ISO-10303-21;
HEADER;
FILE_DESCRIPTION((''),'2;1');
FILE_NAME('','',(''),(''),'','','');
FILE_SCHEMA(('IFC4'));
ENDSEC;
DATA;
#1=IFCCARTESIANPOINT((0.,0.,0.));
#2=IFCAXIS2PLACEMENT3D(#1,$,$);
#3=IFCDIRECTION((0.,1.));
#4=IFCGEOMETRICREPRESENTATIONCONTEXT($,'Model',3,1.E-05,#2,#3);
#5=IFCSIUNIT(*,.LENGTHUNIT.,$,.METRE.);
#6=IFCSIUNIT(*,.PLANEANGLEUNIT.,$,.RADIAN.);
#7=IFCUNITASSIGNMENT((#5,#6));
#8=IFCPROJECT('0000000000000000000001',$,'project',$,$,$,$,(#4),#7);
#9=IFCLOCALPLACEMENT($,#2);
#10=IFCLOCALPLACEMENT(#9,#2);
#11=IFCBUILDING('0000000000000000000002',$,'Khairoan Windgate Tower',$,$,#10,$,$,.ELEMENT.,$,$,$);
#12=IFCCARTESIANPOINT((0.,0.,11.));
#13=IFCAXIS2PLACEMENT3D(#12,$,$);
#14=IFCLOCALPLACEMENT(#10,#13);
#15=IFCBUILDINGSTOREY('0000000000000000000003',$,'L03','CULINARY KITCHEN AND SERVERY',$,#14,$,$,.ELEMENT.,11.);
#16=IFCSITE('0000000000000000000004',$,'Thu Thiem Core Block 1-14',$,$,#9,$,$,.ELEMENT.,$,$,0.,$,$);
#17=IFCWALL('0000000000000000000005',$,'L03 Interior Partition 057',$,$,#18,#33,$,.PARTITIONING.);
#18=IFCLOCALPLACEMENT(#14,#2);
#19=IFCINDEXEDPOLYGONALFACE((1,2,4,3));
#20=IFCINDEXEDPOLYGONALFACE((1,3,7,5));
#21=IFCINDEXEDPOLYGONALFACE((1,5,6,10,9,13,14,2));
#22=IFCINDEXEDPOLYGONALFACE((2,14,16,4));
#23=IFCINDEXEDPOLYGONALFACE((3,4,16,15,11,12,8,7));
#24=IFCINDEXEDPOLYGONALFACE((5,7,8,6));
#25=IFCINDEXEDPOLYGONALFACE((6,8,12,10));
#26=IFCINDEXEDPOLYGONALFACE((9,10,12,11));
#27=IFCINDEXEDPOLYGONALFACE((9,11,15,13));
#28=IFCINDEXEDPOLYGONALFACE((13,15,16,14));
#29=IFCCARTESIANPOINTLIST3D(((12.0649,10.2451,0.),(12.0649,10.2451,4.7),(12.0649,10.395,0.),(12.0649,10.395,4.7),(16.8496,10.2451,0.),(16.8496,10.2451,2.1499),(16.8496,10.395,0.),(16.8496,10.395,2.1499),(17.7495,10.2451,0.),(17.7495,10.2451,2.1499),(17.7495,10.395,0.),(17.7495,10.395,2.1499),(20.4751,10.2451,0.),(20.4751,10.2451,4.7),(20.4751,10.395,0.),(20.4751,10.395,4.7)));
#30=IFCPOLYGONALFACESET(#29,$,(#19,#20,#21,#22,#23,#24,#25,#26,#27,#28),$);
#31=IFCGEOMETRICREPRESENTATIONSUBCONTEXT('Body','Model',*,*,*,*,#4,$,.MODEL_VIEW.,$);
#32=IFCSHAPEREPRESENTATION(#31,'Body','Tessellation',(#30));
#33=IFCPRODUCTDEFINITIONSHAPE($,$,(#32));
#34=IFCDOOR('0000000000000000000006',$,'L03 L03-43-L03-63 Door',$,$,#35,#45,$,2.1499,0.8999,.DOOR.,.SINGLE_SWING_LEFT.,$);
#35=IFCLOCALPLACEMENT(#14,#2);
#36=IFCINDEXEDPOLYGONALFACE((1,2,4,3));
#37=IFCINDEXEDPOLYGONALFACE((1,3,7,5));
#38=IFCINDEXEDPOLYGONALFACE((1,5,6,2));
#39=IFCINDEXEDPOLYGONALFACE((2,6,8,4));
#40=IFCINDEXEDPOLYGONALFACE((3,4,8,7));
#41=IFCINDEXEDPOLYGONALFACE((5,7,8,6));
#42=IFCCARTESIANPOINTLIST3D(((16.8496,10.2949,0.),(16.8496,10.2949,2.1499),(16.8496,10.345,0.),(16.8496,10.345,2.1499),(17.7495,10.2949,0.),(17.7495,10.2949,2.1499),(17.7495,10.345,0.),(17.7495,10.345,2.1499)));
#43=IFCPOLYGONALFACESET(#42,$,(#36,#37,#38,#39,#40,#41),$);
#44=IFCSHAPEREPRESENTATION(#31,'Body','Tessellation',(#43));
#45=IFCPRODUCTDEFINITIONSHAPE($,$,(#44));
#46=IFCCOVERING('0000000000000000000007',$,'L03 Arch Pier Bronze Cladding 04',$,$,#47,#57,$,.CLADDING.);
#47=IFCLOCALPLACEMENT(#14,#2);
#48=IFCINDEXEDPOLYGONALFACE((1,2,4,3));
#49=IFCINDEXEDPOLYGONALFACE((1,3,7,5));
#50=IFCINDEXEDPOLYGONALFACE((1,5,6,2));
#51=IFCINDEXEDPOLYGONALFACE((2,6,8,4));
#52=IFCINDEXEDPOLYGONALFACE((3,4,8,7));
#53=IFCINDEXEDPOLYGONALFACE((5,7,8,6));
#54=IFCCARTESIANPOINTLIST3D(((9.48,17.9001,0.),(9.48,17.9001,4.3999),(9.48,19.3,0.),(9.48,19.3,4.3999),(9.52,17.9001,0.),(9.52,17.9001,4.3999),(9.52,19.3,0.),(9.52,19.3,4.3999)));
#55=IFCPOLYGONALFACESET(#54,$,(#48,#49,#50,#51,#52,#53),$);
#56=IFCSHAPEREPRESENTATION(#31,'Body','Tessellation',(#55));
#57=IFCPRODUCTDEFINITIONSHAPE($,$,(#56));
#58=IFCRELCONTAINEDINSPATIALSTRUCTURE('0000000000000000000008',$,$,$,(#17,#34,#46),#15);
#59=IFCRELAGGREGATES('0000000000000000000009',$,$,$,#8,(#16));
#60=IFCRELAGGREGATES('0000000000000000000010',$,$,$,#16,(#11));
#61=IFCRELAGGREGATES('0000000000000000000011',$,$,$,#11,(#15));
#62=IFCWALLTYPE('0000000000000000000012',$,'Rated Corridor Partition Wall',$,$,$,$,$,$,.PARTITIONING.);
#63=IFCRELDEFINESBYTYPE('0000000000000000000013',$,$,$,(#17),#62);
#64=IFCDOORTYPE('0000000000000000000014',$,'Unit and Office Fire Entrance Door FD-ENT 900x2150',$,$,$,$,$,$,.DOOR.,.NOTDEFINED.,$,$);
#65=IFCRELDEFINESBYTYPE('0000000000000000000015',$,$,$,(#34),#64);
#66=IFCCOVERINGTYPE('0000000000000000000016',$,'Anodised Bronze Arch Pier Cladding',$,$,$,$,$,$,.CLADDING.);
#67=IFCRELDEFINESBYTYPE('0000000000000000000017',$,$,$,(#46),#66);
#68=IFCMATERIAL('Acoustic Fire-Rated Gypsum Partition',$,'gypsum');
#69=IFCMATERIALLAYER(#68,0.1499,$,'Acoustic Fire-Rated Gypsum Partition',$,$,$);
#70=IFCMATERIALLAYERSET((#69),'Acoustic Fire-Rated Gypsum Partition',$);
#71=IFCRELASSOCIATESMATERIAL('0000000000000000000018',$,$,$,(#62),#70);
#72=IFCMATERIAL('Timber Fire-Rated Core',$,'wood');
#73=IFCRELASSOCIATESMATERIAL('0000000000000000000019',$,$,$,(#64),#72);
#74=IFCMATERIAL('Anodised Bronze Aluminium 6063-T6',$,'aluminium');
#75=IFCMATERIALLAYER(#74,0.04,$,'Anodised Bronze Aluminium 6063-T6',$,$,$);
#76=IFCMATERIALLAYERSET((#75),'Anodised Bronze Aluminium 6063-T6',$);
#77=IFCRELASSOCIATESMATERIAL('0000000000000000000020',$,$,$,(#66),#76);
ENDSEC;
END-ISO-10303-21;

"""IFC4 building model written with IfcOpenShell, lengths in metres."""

from ifc_helpers import new_model, si_unit, direction, frame, frame_2d, origin, origin_2d, place, context, subcontext, project, spatial, rectangle, extrude, material, layer, layer_set, type_object, element, fill, save


model = new_model("IFC4")

# Units and contexts
model_context = context("Model", 3, precision=1e-05, world=origin(), true_north=direction((0.0, 1.0)))
body_context = subcontext(model_context, "Body", "Model", "MODEL_VIEW")
ifc_project = project(units=[si_unit("LENGTHUNIT", "METRE"), si_unit("PLANEANGLEUNIT", "RADIAN")], contexts=[model_context])

# Site, building, storey
site_placement = place(None, origin())
site = spatial("IfcSite", under=ifc_project, at=site_placement, Name="Thu Thiem Core Block 1-14", CompositionType="ELEMENT", RefElevation=0.0)
building_placement = place(site_placement, origin())
building = spatial("IfcBuilding", under=site, at=building_placement, Name="Khairoan Windgate Tower", CompositionType="ELEMENT")
storey_placement = place(building_placement, frame((0.0, 0.0, 11.0)))
storey = spatial("IfcBuildingStorey", under=building, at=storey_placement, Name="L03", Description="CULINARY KITCHEN AND SERVERY", CompositionType="ELEMENT", Elevation=11.0)

# Wall, opening, door
ifc_material_1 = material(Name="Acoustic Fire-Rated Gypsum Partition", Category="gypsum")
ifc_layer_1 = layer(ifc_material_1, 0.1499, Name="Acoustic Fire-Rated Gypsum Partition")
ifc_layer_set_1 = layer_set([ifc_layer_1], Name="Acoustic Fire-Rated Gypsum Partition")
wall_type_1 = type_object("IfcWallType", Name="Rated Corridor Partition Wall", PredefinedType="PARTITIONING", material=ifc_layer_set_1)
ifc_material_2 = material(Name="Timber Fire-Rated Core", Category="wood")
door_type = type_object("IfcDoorType", Name="Unit and Office Fire Entrance Door FD-ENT 900x2150", OperationType="NOTDEFINED", PredefinedType="DOOR", material=ifc_material_2)
wall_1_placement = place(storey_placement, frame((12.0649, 10.3201, 0.0), z_axis=(0.0, 0.0, 1.0), x_axis=(1.0, 0.0, 0.0)))
wall_1 = element("IfcWall", 1, at=wall_1_placement, inside=storey, type_object=wall_type_1, Name="L03 Interior Partition 057", PredefinedType="PARTITIONING", context=body_context, shape_type="SweptSolid", body=[
    extrude(rectangle(XDim=8.4102, YDim=0.1499, at=frame_2d((4.2051, 0.0))), origin(), (0.0, 0.0, 1.0), 4.7),
])
opening_1_placement = place(wall_1_placement, frame((4.7847, 0.0, 0.0)))
opening_1 = element("IfcOpeningElement", 2, at=opening_1_placement, cuts=wall_1, PredefinedType="OPENING", context=body_context, shape_type="SweptSolid", body=[
    extrude(rectangle(XDim=0.8999, YDim=2.1499, at=frame_2d((0.45, 1.075))), frame((0.0, 0.085, 0.0), z_axis=(0.0, -1.0, 0.0), x_axis=(1.0, 0.0, 0.0)), (0.0, 0.0, 1.0), 0.1699),
])
door_1_placement = place(opening_1_placement, origin())
door_1 = element("IfcDoor", 3, at=door_1_placement, inside=storey, type_object=door_type, Name="L03 L03-43-L03-63 Door", OperationType="SINGLE_SWING_LEFT", OverallHeight=2.1499, OverallWidth=0.8999, PredefinedType="DOOR", context=body_context, shape_type="SweptSolid", body=[
    extrude(rectangle(XDim=0.8999, YDim=2.1499, at=frame_2d((0.45, 1.075))), frame((0.0, 0.0249, 0.0), z_axis=(0.0, -1.0, 0.0), x_axis=(1.0, 0.0, 0.0)), (0.0, 0.0, 1.0), 0.05),
])
fill(opening_1, door_1)

# Covering
ifc_material_3 = material(Name="Anodised Bronze Aluminium 6063-T6", Category="aluminium")
ifc_layer_2 = layer(ifc_material_3, 0.04, Name="Anodised Bronze Aluminium 6063-T6")
ifc_layer_set_2 = layer_set([ifc_layer_2], Name="Anodised Bronze Aluminium 6063-T6")
covering_type = type_object("IfcCoveringType", Name="Anodised Bronze Arch Pier Cladding", PredefinedType="CLADDING", material=ifc_layer_set_2)
covering_placement = place(storey_placement, frame((9.5, 18.6001, 0.0), z_axis=(0.0, 0.0, 1.0), x_axis=(1.0, 0.0, 0.0)))
element("IfcCovering", 4, at=covering_placement, inside=storey, type_object=covering_type, Name="L03 Arch Pier Bronze Cladding 04", PredefinedType="CLADDING", context=body_context, shape_type="SweptSolid", body=[
    extrude(rectangle(XDim=0.04, YDim=1.3999, at=origin_2d()), origin(), (0.0, 0.0, 1.0), 4.3999),
])

save(model, "model.ifc")
